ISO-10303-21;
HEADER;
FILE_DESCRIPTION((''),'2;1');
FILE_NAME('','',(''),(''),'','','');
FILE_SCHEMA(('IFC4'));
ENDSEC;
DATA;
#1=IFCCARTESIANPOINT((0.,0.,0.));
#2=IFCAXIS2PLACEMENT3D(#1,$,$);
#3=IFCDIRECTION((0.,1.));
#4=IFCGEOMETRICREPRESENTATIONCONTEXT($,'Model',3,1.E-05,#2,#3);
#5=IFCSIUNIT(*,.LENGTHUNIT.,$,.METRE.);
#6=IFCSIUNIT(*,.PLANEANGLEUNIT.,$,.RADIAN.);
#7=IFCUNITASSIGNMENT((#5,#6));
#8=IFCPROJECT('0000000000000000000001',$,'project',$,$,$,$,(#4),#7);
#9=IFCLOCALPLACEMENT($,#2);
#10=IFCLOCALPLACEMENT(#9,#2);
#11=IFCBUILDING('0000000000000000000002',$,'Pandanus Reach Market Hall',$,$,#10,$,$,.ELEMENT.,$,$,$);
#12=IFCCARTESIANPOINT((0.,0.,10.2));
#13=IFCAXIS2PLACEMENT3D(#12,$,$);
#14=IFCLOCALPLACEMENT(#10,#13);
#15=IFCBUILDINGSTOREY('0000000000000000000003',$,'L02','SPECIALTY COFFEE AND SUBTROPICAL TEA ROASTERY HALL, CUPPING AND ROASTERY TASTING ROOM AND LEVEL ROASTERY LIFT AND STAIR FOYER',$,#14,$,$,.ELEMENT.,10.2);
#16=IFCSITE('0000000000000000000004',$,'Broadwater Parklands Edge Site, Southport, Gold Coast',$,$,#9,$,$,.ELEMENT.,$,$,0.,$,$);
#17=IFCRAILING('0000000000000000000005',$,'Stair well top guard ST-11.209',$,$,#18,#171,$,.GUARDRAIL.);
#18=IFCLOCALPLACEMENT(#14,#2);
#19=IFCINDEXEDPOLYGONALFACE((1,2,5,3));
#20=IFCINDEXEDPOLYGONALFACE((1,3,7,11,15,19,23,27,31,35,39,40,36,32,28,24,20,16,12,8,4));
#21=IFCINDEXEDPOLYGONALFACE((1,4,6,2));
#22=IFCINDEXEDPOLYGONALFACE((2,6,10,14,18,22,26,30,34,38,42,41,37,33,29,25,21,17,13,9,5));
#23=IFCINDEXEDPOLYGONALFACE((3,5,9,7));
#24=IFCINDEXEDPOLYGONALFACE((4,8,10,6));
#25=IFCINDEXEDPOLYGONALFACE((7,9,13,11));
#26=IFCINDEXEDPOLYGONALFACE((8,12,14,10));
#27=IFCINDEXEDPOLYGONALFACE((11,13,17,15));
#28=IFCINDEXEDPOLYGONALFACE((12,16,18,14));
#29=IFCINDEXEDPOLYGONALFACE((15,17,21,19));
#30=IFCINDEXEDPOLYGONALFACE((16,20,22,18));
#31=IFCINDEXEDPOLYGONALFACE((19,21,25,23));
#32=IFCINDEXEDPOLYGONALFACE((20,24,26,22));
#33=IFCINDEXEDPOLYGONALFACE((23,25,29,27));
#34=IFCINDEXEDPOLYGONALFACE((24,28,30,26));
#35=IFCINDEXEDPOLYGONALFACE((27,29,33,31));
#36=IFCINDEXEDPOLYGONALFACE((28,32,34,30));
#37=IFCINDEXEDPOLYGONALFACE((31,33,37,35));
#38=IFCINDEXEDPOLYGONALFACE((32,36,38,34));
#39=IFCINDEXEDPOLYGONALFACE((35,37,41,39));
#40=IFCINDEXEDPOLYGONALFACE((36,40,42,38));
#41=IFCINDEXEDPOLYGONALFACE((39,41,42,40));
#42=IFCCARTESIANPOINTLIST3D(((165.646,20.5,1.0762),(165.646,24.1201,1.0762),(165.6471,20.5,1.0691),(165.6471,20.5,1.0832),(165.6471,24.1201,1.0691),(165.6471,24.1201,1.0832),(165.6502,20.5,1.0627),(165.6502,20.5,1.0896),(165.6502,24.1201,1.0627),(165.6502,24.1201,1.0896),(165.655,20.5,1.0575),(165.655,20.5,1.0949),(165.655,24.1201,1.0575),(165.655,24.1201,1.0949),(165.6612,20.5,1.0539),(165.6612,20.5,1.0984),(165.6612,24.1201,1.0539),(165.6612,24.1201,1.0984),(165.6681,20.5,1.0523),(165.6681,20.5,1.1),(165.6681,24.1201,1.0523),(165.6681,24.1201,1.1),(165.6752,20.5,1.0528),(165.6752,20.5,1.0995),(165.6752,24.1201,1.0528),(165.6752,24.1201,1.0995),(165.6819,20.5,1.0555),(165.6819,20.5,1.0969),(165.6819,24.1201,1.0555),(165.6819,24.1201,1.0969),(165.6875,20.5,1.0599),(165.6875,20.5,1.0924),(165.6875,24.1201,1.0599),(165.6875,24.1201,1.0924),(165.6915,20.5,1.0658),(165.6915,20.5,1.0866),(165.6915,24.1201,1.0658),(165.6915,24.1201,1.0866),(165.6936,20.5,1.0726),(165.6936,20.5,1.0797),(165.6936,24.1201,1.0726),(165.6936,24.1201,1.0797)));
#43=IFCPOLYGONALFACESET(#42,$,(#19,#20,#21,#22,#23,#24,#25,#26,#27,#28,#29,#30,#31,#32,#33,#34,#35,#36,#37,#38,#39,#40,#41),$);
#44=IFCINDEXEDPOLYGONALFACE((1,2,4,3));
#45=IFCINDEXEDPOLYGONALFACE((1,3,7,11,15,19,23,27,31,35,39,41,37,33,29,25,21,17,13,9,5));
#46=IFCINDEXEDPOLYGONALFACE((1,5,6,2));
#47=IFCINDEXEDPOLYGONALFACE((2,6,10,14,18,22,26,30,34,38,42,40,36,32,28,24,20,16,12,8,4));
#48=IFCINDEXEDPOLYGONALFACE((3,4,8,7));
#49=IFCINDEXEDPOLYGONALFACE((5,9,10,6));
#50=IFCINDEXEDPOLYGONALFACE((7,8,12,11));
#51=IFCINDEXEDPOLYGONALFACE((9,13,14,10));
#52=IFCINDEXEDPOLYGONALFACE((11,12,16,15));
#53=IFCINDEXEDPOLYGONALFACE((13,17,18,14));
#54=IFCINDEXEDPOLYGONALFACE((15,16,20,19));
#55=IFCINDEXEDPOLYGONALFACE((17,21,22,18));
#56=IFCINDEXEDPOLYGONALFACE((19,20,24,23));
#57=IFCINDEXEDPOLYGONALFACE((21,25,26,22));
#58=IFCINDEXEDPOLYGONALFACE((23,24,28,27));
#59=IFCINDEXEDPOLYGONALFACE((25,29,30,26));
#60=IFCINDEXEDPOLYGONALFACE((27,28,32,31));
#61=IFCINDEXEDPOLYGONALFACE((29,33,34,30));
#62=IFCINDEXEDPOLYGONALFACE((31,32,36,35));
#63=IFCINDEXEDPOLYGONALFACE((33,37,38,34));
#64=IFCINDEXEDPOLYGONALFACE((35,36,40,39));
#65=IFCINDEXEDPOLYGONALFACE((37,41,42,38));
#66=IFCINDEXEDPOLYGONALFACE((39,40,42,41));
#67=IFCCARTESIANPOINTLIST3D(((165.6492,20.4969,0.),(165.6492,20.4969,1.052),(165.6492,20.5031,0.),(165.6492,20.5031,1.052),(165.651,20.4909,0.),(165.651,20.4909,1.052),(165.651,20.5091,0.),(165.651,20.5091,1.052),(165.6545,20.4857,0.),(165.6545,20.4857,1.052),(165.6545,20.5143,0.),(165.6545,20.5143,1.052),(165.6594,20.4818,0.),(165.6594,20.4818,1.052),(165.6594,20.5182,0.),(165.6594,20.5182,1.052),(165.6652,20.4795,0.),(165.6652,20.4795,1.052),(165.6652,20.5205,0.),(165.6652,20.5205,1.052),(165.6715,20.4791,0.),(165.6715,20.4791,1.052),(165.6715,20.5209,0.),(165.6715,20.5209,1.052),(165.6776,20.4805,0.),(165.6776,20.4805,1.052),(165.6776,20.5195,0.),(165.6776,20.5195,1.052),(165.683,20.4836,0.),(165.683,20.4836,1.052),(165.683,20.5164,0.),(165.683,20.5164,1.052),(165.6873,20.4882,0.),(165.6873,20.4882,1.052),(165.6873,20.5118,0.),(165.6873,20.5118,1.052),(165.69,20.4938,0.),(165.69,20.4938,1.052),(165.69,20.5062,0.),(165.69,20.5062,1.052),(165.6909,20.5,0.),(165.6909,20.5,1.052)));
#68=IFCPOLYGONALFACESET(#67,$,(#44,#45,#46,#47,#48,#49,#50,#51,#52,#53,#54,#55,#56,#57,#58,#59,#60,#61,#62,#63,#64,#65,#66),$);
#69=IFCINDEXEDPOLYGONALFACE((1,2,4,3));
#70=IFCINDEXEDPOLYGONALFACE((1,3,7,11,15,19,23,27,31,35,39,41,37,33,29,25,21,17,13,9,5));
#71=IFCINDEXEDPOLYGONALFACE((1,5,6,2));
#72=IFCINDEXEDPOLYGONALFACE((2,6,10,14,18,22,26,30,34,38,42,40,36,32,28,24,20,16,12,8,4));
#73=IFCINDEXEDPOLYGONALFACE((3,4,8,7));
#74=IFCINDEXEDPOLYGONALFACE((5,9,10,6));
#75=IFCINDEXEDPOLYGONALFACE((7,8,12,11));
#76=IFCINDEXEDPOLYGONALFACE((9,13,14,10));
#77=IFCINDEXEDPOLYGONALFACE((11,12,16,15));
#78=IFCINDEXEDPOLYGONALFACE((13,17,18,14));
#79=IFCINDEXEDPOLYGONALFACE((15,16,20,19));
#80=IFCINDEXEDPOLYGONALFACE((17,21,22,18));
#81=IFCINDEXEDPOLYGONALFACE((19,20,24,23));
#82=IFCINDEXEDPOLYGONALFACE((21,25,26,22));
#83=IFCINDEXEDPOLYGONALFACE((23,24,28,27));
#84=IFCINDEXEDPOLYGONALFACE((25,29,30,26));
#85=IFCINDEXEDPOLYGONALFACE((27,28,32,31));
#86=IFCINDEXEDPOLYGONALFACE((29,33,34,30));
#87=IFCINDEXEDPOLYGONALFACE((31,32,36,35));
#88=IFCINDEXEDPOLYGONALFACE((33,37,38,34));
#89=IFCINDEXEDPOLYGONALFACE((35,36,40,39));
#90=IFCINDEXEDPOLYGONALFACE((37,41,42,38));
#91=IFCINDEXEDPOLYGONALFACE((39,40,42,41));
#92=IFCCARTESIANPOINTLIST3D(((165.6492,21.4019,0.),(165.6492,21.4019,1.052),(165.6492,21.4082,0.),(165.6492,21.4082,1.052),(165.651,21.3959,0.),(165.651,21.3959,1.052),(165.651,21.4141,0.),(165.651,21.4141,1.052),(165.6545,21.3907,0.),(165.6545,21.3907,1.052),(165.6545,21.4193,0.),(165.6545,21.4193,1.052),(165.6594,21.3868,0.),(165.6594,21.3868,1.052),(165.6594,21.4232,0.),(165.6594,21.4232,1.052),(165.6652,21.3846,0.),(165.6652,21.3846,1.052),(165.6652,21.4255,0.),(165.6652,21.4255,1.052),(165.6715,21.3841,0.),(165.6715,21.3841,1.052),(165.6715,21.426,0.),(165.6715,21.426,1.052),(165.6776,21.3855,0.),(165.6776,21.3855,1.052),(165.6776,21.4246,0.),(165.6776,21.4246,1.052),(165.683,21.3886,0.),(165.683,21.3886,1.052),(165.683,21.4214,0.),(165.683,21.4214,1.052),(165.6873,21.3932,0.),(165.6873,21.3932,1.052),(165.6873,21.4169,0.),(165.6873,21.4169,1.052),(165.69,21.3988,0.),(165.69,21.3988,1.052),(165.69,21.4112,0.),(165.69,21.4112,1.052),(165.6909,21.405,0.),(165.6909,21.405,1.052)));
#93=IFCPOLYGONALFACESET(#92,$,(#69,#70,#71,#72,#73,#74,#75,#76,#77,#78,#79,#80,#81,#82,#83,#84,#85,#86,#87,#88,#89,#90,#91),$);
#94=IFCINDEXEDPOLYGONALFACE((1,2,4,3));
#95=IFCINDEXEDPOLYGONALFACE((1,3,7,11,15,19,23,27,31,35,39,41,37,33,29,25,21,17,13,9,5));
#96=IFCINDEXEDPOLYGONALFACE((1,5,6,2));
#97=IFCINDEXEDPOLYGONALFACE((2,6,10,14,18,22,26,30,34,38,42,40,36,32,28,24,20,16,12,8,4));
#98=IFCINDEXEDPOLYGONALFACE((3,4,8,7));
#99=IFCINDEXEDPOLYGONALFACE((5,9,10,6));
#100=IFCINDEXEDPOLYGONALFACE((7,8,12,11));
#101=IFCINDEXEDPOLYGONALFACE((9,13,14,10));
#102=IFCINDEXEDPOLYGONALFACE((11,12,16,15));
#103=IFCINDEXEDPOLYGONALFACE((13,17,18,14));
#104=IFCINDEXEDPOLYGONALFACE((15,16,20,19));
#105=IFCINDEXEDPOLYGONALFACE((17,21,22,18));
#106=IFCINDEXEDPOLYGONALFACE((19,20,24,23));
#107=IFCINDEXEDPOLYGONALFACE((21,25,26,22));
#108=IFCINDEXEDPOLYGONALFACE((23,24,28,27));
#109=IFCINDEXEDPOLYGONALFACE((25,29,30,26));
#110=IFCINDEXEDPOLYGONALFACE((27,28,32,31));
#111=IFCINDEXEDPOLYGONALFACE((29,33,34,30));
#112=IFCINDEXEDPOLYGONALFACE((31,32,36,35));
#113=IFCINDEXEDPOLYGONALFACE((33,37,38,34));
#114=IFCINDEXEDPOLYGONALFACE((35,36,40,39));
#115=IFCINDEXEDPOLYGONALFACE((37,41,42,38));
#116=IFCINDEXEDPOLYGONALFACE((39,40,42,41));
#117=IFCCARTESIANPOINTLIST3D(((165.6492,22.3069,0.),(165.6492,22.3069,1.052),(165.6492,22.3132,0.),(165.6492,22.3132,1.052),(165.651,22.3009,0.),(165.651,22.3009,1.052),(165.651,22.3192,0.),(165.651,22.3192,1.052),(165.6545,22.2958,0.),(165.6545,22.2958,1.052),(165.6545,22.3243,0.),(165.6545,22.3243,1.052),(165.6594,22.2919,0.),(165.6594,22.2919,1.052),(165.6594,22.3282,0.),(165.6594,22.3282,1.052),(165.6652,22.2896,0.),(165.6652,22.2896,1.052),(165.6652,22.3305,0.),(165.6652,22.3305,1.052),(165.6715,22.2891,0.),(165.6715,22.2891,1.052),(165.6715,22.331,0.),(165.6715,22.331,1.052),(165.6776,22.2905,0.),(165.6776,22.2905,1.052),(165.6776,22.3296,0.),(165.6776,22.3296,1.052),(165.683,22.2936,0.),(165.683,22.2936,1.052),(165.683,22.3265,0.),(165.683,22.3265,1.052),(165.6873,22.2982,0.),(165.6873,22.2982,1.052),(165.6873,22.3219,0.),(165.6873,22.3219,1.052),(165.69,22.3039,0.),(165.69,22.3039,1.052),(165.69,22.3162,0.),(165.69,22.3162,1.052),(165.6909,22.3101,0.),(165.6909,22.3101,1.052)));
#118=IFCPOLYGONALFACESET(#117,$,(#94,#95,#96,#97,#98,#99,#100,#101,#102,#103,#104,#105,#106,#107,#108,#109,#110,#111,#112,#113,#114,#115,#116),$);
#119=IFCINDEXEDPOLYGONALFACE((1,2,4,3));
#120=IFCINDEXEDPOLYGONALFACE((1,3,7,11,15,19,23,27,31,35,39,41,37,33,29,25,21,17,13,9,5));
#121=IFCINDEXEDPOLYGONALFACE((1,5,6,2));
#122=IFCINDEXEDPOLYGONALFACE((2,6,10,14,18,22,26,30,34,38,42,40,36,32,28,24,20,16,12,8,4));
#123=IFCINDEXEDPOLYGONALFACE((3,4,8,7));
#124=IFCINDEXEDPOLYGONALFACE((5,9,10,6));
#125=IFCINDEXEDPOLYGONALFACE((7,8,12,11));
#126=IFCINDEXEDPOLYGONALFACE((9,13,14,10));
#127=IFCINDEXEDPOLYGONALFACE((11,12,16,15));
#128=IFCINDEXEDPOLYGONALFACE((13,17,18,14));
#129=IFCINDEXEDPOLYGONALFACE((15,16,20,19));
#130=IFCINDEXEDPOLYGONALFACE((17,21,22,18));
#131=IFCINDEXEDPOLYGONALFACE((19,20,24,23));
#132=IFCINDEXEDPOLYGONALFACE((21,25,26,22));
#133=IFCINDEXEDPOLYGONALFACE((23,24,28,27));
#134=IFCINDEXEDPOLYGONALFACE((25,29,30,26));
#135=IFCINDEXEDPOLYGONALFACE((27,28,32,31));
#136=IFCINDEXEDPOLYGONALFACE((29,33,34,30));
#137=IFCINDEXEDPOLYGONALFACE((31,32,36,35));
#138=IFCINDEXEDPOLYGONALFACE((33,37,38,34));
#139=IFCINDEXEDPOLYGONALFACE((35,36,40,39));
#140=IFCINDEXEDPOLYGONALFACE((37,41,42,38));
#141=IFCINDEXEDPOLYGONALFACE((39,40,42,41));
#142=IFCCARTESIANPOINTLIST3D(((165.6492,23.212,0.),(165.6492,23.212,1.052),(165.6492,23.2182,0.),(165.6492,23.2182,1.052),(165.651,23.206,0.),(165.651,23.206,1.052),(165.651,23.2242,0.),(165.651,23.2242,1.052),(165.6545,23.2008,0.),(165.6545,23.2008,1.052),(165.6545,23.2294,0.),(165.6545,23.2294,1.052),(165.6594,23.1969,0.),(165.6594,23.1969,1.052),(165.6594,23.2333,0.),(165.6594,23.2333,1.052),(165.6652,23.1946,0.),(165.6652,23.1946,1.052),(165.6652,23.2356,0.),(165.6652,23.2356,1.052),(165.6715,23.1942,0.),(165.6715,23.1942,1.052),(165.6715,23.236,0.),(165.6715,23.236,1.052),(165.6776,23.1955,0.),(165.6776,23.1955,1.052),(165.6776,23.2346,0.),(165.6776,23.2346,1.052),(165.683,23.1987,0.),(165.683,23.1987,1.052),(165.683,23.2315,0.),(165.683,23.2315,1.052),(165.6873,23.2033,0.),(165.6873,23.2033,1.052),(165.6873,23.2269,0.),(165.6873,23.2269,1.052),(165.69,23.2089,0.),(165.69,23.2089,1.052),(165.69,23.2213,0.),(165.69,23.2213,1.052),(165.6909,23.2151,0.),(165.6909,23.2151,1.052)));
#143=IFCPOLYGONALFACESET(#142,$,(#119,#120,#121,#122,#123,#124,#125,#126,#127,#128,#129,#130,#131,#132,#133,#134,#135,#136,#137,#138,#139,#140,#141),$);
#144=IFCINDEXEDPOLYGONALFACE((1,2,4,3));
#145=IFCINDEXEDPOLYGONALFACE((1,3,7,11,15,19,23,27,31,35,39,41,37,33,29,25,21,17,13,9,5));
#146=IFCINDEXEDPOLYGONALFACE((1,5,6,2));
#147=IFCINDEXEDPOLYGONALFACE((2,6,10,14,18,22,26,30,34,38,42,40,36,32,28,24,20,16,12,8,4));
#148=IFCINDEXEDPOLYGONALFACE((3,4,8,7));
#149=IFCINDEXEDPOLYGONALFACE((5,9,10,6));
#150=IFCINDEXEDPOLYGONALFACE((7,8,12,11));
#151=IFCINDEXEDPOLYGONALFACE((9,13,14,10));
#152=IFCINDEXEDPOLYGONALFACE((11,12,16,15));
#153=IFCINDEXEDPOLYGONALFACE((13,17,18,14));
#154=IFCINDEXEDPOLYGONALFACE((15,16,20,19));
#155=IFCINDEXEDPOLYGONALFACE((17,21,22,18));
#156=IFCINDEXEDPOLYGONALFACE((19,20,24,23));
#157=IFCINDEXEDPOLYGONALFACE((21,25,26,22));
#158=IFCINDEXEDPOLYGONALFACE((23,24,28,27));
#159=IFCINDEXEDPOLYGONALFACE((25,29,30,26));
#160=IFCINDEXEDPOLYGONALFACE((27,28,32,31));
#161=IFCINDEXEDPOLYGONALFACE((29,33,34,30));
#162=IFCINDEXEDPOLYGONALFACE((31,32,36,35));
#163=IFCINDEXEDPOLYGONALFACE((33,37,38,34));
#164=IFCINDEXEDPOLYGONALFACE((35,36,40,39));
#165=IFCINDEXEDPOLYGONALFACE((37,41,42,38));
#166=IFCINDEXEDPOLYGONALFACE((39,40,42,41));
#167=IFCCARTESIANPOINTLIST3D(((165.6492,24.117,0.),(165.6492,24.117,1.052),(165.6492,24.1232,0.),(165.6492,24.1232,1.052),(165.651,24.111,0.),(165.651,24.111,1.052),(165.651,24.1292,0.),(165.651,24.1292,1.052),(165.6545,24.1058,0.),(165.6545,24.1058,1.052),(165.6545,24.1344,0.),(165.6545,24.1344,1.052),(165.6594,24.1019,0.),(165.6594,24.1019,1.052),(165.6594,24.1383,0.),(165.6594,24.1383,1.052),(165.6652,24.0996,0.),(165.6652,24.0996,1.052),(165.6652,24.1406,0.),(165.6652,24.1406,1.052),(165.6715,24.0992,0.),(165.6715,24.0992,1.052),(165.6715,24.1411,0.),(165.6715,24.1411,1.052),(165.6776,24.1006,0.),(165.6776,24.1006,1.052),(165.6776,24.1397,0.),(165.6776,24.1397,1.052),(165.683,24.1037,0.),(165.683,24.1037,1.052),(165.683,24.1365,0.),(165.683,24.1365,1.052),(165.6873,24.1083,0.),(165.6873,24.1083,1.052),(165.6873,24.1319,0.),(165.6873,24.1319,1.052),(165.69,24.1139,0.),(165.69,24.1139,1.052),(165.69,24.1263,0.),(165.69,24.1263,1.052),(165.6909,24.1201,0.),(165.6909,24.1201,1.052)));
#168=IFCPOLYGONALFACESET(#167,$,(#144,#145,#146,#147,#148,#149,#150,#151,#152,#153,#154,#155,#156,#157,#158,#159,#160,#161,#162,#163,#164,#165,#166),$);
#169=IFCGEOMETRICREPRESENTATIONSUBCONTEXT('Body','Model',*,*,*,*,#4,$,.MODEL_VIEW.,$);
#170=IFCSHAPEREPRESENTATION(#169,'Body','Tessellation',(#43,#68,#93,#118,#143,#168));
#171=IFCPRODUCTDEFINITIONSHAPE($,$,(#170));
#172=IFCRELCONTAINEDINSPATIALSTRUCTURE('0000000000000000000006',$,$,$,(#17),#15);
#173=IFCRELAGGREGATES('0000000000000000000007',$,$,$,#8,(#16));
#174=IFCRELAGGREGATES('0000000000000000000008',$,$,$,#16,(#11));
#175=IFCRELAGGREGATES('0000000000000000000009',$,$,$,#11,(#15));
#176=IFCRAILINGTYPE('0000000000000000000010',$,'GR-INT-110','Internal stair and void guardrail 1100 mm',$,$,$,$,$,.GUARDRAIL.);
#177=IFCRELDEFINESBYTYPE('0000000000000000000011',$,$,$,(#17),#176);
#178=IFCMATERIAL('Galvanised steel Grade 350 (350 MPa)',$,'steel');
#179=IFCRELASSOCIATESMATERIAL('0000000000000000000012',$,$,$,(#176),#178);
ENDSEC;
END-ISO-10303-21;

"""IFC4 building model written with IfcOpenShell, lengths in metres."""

from ifc_helpers import new_model, si_unit, direction, frame, origin, origin_2d, place, context, subcontext, project, spatial, circle, extrude, material, type_object, element, save


model = new_model("IFC4")

# Units and contexts
model_context = context("Model", 3, precision=1e-05, world=origin(), true_north=direction((0.0, 1.0)))
body_context = subcontext(model_context, "Body", "Model", "MODEL_VIEW")
ifc_project = project(units=[si_unit("LENGTHUNIT", "METRE"), si_unit("PLANEANGLEUNIT", "RADIAN")], contexts=[model_context])

# Site, building, storey
site_placement = place(None, origin())
site = spatial("IfcSite", under=ifc_project, at=site_placement, Name="Broadwater Parklands Edge Site, Southport, Gold Coast", CompositionType="ELEMENT", RefElevation=0.0)
building_placement = place(site_placement, origin())
building = spatial("IfcBuilding", under=site, at=building_placement, Name="Pandanus Reach Market Hall", CompositionType="ELEMENT")
storey_placement = place(building_placement, frame((0.0, 0.0, 10.2)))
storey = spatial("IfcBuildingStorey", under=building, at=storey_placement, Name="L02", Description="SPECIALTY COFFEE AND SUBTROPICAL TEA ROASTERY HALL, CUPPING AND ROASTERY TASTING ROOM AND LEVEL ROASTERY LIFT AND STAIR FOYER", CompositionType="ELEMENT", Elevation=10.2)

# Railing
ifc_material_1 = material(Name="Galvanised steel Grade 350 (350 MPa)", Category="steel")
railing_type = type_object("IfcRailingType", Name="GR-INT-110", Description="Internal stair and void guardrail 1100 mm", PredefinedType="GUARDRAIL", material=ifc_material_1)
railing_placement = place(storey_placement, frame((165.6699, 20.5, 0.0)))
element("IfcRailing", 1, at=railing_placement, inside=storey, type_object=railing_type, Name="Stair well top guard ST-11.209", PredefinedType="GUARDRAIL", context=body_context, shape_type="SweptSolid", body=[
    extrude(circle(Radius=0.0239, at=origin_2d()), frame((0.0, 0.0, 1.0762), z_axis=(0.0, 1.0, 0.0), x_axis=(-1.0, 0.0, 0.0)), (0.0, 0.0, 1.0), 3.6201),
    extrude(circle(Radius=0.021, at=origin_2d()), origin(), (0.0, 0.0, 1.0), 1.052),
    extrude(circle(Radius=0.021, at=origin_2d()), frame((0.0, 0.905, 0.0)), (0.0, 0.0, 1.0), 1.052),
    extrude(circle(Radius=0.021, at=origin_2d()), frame((0.0, 1.8101, 0.0)), (0.0, 0.0, 1.0), 1.052),
    extrude(circle(Radius=0.021, at=origin_2d()), frame((0.0, 2.7151, 0.0)), (0.0, 0.0, 1.0), 1.052),
    extrude(circle(Radius=0.021, at=origin_2d()), frame((0.0, 3.6201, 0.0)), (0.0, 0.0, 1.0), 1.052),
])

save(model, "model.ifc")
